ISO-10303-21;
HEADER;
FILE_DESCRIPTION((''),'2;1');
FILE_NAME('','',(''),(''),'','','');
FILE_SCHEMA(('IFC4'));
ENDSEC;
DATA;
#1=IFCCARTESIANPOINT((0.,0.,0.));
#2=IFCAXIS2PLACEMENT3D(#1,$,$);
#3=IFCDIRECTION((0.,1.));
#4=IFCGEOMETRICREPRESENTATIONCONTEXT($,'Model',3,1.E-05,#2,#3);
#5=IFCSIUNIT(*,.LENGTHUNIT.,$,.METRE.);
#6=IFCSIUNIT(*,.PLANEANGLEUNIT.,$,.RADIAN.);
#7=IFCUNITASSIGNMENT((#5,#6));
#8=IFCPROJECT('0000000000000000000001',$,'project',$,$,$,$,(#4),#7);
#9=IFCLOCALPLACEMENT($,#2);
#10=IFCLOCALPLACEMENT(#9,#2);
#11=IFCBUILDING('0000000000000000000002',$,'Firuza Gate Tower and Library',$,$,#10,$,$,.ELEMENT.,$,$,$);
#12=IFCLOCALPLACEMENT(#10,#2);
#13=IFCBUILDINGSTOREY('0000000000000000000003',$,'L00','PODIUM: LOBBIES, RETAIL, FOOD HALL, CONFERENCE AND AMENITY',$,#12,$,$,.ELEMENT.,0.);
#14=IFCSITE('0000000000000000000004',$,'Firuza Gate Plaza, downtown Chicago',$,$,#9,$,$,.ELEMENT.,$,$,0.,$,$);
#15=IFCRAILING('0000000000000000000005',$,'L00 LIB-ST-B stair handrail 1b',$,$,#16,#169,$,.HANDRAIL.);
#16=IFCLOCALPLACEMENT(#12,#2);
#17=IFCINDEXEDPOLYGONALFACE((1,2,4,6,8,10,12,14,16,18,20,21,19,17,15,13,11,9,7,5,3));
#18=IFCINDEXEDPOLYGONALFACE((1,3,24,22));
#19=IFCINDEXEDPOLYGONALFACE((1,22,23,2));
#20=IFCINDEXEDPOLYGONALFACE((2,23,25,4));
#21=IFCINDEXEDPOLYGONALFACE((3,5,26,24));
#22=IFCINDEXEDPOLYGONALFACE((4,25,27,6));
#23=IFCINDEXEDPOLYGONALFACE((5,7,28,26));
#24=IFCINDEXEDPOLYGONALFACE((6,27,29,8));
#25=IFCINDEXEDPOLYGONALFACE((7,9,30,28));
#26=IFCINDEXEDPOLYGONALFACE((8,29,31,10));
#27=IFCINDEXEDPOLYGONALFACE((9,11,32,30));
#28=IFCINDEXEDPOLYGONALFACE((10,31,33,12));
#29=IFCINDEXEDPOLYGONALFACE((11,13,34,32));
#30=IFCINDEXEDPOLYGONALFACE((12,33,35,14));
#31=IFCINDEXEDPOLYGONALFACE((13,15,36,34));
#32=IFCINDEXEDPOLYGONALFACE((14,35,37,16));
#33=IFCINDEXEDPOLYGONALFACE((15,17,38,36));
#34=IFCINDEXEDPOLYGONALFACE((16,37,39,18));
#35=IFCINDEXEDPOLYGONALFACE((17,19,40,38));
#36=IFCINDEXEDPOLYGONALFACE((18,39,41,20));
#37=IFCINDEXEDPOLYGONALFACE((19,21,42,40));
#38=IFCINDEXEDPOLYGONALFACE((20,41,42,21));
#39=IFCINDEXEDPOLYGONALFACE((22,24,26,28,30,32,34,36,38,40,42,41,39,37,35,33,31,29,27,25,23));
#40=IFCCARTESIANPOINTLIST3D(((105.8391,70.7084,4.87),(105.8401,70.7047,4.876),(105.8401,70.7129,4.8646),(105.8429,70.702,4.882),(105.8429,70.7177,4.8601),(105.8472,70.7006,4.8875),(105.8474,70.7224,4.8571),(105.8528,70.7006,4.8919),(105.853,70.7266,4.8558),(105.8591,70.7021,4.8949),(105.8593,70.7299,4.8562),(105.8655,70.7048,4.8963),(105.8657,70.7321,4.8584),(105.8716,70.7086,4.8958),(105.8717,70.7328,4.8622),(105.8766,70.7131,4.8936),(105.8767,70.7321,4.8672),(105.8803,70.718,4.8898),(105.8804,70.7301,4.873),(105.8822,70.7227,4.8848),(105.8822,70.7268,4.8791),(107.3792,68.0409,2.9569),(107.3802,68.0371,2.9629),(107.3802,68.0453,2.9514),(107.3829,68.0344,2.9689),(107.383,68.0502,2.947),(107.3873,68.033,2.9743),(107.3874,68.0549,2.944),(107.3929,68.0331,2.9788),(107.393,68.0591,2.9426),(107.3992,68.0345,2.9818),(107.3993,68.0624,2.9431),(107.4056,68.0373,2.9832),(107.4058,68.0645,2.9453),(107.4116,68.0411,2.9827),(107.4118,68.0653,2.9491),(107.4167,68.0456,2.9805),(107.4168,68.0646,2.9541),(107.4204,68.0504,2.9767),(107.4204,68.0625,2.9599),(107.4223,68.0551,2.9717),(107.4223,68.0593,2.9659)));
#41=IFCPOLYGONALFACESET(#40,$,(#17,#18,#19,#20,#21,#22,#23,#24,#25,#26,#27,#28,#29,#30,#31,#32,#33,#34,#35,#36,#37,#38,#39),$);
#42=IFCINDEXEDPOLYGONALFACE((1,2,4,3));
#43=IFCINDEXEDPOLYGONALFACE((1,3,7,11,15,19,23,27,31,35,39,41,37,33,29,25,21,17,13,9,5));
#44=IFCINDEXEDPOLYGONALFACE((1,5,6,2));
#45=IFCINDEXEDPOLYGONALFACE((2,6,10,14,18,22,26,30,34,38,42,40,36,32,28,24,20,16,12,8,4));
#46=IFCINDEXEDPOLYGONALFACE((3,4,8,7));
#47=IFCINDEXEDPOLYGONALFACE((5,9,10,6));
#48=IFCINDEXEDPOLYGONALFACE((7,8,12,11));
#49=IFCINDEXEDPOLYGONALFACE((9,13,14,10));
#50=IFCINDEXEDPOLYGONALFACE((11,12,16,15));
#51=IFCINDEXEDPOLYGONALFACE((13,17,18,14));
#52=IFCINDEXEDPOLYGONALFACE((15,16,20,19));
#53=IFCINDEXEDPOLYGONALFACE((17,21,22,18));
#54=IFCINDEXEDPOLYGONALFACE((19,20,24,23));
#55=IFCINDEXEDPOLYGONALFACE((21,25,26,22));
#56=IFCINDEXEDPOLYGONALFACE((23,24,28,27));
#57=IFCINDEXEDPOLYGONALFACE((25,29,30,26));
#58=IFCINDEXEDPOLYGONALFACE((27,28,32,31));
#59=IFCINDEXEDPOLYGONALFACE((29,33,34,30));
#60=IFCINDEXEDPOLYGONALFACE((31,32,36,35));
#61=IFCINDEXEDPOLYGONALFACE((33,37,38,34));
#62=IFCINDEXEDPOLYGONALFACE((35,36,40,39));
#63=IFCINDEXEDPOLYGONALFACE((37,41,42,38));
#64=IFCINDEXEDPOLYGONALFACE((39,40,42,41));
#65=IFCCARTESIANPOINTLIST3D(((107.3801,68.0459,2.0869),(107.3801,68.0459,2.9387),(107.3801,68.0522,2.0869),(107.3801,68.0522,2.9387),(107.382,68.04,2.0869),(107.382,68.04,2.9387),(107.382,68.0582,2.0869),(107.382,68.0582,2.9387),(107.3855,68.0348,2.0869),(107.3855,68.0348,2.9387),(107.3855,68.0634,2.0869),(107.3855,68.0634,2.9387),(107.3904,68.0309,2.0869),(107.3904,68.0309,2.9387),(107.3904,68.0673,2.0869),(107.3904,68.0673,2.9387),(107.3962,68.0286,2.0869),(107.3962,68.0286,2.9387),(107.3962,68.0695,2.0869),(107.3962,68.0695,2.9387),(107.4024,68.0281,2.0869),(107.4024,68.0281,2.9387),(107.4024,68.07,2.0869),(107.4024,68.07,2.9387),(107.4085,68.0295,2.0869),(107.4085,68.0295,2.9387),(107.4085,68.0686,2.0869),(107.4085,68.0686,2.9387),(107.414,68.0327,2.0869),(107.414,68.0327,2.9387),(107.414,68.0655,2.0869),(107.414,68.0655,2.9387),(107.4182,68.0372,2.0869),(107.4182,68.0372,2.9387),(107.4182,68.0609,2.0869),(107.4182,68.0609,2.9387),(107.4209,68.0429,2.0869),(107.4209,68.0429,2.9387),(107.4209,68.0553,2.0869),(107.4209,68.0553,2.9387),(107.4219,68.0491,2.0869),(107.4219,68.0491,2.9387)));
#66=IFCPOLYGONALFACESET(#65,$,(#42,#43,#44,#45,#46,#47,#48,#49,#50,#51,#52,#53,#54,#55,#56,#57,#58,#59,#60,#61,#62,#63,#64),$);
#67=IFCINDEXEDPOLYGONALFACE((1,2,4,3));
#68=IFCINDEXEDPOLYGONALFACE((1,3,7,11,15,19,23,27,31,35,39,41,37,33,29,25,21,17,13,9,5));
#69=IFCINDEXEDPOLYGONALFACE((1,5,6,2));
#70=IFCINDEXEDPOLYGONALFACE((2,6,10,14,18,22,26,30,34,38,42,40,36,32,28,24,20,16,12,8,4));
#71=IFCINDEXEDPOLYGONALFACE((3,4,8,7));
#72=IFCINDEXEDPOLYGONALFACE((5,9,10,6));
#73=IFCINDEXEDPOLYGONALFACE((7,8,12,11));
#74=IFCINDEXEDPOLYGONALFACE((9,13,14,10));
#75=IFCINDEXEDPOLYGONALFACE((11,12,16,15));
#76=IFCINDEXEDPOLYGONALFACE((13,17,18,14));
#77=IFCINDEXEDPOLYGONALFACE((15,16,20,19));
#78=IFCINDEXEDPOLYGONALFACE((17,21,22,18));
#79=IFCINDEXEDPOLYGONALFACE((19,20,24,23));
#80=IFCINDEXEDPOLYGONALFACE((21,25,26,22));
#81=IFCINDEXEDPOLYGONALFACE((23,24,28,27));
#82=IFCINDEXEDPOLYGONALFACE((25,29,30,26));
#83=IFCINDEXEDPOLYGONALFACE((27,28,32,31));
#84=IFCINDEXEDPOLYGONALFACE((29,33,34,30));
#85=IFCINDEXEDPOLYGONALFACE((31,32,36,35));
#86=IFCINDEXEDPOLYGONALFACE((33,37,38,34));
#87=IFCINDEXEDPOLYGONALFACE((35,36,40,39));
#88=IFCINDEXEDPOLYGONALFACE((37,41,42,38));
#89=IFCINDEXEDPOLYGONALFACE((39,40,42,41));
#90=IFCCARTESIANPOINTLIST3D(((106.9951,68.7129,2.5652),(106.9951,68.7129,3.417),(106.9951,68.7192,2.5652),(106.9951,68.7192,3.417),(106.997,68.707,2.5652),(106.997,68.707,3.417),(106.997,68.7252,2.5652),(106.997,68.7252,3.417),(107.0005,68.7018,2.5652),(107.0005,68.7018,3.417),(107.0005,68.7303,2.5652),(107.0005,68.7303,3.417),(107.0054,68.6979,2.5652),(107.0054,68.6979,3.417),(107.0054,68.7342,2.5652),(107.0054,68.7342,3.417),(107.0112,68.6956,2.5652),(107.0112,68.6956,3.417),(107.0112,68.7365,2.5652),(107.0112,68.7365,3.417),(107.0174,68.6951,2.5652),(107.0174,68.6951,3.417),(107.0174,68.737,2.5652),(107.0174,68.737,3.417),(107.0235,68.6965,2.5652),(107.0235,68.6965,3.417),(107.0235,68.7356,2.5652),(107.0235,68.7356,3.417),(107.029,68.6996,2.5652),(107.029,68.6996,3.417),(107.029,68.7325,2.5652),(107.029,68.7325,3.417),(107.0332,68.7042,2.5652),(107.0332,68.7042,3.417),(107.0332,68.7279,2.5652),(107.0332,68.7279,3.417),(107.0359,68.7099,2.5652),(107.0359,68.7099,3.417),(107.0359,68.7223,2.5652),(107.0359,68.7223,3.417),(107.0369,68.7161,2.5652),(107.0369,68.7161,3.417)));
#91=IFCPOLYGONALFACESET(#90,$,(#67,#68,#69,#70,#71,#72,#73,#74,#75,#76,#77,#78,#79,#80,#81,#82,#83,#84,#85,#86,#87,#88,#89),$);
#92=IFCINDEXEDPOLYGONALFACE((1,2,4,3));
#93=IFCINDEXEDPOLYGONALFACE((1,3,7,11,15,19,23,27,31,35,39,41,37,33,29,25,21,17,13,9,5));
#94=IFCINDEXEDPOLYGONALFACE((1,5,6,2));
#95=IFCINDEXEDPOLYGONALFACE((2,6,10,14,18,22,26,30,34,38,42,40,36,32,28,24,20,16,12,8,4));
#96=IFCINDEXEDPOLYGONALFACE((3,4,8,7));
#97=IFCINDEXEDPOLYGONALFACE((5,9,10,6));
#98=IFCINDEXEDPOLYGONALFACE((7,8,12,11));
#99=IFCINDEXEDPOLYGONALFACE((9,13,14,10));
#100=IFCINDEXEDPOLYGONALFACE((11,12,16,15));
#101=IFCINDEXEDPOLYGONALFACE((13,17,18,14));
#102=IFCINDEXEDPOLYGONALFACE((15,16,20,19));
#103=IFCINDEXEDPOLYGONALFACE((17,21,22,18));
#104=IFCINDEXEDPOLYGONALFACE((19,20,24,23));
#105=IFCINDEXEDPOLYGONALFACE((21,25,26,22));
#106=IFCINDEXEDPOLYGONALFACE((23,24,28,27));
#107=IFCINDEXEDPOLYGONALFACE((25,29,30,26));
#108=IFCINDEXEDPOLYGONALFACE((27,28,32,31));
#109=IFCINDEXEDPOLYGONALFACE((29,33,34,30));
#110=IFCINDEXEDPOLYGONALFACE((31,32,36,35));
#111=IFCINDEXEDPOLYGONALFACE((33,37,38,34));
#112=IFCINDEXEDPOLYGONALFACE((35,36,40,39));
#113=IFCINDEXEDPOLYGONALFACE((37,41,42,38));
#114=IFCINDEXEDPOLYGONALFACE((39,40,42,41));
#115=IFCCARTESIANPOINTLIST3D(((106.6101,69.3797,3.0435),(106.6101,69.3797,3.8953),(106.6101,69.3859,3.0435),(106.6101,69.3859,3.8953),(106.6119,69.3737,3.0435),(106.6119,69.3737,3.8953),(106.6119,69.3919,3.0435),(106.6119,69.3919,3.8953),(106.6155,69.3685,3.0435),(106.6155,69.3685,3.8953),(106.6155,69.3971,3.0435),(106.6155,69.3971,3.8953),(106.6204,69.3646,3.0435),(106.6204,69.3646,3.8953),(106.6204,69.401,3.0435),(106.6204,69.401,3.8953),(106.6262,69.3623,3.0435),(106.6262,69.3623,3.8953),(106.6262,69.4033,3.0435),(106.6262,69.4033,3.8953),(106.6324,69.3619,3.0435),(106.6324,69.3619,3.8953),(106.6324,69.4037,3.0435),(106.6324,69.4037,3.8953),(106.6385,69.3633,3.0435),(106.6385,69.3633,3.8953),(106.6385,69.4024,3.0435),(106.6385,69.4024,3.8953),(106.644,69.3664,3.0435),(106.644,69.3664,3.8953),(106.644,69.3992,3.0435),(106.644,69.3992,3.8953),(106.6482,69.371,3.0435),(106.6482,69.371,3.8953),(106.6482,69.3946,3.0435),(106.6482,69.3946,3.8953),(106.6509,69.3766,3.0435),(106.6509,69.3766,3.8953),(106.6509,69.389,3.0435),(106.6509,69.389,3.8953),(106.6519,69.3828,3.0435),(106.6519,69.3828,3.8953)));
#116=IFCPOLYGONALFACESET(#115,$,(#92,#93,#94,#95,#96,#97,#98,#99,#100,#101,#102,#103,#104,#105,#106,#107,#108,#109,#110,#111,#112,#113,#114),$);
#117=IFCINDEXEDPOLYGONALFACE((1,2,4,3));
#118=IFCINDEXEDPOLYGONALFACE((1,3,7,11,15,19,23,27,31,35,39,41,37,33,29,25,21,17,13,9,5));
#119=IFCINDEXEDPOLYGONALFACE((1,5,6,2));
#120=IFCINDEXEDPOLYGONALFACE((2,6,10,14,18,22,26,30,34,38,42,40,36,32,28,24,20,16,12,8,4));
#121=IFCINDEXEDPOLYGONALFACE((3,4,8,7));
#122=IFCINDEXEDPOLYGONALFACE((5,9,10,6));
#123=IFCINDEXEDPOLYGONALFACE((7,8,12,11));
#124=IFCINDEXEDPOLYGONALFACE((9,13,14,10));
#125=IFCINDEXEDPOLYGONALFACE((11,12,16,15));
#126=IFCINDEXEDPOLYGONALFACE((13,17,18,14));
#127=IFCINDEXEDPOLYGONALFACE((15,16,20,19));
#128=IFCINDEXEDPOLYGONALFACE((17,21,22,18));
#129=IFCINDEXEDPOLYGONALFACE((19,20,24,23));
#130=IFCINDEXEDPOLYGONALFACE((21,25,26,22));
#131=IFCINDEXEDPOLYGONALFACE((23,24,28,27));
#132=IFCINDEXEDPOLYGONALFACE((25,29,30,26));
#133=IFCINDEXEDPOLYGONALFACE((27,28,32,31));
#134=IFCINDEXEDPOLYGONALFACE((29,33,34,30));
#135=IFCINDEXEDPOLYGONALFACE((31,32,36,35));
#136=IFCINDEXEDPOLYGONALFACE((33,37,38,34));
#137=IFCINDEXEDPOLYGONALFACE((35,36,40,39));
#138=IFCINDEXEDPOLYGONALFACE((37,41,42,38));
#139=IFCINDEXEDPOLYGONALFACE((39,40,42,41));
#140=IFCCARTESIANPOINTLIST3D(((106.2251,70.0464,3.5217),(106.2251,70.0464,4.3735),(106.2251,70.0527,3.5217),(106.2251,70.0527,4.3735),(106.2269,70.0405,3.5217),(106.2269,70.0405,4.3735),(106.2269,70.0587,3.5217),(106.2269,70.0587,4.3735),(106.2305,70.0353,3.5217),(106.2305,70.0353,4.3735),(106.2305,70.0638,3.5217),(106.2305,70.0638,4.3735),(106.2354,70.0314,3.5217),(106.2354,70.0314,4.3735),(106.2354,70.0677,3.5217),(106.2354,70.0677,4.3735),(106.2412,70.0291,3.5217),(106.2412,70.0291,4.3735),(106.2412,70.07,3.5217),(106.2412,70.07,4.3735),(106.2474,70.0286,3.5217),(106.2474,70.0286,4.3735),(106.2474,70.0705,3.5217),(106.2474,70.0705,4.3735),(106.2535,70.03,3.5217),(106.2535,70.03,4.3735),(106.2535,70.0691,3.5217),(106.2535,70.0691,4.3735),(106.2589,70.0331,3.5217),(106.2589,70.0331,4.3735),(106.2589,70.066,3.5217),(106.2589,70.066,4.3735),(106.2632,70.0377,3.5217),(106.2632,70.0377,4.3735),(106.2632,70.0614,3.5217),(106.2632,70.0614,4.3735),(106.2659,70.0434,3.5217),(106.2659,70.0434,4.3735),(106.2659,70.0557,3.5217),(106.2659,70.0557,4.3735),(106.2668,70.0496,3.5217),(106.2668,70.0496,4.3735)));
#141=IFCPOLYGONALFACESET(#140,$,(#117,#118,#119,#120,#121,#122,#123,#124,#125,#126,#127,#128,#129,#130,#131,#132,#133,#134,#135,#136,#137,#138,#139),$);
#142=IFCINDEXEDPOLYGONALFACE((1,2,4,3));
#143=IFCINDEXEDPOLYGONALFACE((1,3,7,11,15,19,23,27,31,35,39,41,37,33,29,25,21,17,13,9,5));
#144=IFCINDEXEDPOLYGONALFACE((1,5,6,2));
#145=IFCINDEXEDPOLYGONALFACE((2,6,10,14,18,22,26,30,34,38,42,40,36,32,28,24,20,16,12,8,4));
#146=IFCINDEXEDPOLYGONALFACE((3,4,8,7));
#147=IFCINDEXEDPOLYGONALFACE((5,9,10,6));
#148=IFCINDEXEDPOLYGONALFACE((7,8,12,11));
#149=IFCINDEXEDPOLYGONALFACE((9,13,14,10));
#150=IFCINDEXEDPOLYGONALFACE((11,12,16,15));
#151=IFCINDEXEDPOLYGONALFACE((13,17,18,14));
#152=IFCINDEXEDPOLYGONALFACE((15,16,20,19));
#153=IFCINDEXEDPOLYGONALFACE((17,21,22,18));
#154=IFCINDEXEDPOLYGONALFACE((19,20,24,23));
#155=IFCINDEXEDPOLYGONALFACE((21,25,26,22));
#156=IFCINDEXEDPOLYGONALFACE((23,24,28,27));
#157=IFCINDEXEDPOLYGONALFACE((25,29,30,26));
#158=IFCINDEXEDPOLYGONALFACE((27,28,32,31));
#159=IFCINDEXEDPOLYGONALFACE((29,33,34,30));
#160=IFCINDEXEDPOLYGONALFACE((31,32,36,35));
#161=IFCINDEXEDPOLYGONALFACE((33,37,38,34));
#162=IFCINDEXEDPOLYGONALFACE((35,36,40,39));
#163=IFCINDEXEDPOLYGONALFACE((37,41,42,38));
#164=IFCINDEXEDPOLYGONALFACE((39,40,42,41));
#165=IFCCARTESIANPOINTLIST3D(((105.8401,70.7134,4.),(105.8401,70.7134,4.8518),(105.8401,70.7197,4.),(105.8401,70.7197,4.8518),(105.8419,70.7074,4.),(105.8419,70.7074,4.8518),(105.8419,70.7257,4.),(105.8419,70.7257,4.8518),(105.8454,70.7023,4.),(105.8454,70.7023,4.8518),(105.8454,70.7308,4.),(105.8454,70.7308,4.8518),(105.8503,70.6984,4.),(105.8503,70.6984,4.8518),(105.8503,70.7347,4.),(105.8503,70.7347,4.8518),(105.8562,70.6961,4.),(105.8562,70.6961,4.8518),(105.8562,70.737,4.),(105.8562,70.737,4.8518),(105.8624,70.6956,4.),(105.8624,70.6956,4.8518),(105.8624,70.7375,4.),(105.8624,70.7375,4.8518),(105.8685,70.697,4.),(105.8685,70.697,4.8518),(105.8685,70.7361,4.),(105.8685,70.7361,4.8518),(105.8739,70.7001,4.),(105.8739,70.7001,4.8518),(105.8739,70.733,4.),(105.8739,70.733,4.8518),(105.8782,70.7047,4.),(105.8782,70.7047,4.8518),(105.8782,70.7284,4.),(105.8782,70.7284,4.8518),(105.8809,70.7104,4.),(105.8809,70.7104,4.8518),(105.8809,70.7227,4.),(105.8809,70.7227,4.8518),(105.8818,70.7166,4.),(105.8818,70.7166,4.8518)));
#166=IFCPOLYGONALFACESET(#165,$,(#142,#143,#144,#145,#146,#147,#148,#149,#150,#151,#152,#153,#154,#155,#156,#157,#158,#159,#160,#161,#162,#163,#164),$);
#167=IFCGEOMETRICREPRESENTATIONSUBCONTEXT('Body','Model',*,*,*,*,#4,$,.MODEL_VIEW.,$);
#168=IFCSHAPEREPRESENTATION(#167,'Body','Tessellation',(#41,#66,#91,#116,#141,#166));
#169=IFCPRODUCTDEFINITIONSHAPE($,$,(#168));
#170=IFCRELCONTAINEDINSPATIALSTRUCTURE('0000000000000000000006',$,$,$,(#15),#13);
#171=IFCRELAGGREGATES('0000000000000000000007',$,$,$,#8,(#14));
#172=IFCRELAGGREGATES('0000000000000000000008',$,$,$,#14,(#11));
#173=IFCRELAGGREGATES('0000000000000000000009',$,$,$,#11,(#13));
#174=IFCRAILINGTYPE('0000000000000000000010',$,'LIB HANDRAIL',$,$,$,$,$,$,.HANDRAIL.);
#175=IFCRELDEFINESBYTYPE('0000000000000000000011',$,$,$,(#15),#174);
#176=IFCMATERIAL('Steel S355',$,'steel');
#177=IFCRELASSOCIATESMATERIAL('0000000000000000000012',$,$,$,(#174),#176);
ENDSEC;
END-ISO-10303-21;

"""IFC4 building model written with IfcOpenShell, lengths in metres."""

from ifc_helpers import new_model, si_unit, direction, frame, origin, origin_2d, place, context, subcontext, project, spatial, circle, extrude, material, type_object, element, save


model = new_model("IFC4")

# Units and contexts
model_context = context("Model", 3, precision=1e-05, world=origin(), true_north=direction((0.0, 1.0)))
body_context = subcontext(model_context, "Body", "Model", "MODEL_VIEW")
ifc_project = project(units=[si_unit("LENGTHUNIT", "METRE"), si_unit("PLANEANGLEUNIT", "RADIAN")], contexts=[model_context])

# Site, building, storey
site_placement = place(None, origin())
site = spatial("IfcSite", under=ifc_project, at=site_placement, Name="Firuza Gate Plaza, downtown Chicago", CompositionType="ELEMENT", RefElevation=0.0)
building_placement = place(site_placement, origin())
building = spatial("IfcBuilding", under=site, at=building_placement, Name="Firuza Gate Tower and Library", CompositionType="ELEMENT")
storey_placement = place(building_placement, origin())
storey = spatial("IfcBuildingStorey", under=building, at=storey_placement, Name="L00", Description="PODIUM: LOBBIES, RETAIL, FOOD HALL, CONFERENCE AND AMENITY", CompositionType="ELEMENT", Elevation=0.0)

# Railing
ifc_material_1 = material(Name="Steel S355", Category="steel")
railing_type_1 = type_object("IfcRailingType", Name="LIB HANDRAIL", PredefinedType="HANDRAIL", material=ifc_material_1)
railing_1_placement = place(storey_placement, frame((107.4009, 68.0491, 2.0869)))
element("IfcRailing", 1, at=railing_1_placement, inside=storey, type_object=railing_type_1, Name="L00 LIB-ST-B stair handrail 1b", PredefinedType="HANDRAIL", context=body_context, shape_type="SweptSolid", body=[
    extrude(circle(Radius=0.0239, at=origin_2d()), frame((0.0, 0.0, 0.876), z_axis=(-0.424734, 0.735676, 0.527618), x_axis=(-0.86603, -0.499992, 0.0)), (0.0, 0.0, 1.0), 3.626),
    extrude(circle(Radius=0.021, at=origin_2d()), origin(), (0.0, 0.0, 1.0), 0.8518),
    extrude(circle(Radius=0.021, at=origin_2d()), frame((-0.385, 0.667, 0.4783)), (0.0, 0.0, 1.0), 0.8518),
    extrude(circle(Radius=0.021, at=origin_2d()), frame((-0.77, 1.3337, 0.9565)), (0.0, 0.0, 1.0), 0.8518),
    extrude(circle(Radius=0.021, at=origin_2d()), frame((-1.155, 2.0005, 1.4348)), (0.0, 0.0, 1.0), 0.8518),
    extrude(circle(Radius=0.021, at=origin_2d()), frame((-1.54, 2.6675, 1.9131)), (0.0, 0.0, 1.0), 0.8518),
])

save(model, "model.ifc")
